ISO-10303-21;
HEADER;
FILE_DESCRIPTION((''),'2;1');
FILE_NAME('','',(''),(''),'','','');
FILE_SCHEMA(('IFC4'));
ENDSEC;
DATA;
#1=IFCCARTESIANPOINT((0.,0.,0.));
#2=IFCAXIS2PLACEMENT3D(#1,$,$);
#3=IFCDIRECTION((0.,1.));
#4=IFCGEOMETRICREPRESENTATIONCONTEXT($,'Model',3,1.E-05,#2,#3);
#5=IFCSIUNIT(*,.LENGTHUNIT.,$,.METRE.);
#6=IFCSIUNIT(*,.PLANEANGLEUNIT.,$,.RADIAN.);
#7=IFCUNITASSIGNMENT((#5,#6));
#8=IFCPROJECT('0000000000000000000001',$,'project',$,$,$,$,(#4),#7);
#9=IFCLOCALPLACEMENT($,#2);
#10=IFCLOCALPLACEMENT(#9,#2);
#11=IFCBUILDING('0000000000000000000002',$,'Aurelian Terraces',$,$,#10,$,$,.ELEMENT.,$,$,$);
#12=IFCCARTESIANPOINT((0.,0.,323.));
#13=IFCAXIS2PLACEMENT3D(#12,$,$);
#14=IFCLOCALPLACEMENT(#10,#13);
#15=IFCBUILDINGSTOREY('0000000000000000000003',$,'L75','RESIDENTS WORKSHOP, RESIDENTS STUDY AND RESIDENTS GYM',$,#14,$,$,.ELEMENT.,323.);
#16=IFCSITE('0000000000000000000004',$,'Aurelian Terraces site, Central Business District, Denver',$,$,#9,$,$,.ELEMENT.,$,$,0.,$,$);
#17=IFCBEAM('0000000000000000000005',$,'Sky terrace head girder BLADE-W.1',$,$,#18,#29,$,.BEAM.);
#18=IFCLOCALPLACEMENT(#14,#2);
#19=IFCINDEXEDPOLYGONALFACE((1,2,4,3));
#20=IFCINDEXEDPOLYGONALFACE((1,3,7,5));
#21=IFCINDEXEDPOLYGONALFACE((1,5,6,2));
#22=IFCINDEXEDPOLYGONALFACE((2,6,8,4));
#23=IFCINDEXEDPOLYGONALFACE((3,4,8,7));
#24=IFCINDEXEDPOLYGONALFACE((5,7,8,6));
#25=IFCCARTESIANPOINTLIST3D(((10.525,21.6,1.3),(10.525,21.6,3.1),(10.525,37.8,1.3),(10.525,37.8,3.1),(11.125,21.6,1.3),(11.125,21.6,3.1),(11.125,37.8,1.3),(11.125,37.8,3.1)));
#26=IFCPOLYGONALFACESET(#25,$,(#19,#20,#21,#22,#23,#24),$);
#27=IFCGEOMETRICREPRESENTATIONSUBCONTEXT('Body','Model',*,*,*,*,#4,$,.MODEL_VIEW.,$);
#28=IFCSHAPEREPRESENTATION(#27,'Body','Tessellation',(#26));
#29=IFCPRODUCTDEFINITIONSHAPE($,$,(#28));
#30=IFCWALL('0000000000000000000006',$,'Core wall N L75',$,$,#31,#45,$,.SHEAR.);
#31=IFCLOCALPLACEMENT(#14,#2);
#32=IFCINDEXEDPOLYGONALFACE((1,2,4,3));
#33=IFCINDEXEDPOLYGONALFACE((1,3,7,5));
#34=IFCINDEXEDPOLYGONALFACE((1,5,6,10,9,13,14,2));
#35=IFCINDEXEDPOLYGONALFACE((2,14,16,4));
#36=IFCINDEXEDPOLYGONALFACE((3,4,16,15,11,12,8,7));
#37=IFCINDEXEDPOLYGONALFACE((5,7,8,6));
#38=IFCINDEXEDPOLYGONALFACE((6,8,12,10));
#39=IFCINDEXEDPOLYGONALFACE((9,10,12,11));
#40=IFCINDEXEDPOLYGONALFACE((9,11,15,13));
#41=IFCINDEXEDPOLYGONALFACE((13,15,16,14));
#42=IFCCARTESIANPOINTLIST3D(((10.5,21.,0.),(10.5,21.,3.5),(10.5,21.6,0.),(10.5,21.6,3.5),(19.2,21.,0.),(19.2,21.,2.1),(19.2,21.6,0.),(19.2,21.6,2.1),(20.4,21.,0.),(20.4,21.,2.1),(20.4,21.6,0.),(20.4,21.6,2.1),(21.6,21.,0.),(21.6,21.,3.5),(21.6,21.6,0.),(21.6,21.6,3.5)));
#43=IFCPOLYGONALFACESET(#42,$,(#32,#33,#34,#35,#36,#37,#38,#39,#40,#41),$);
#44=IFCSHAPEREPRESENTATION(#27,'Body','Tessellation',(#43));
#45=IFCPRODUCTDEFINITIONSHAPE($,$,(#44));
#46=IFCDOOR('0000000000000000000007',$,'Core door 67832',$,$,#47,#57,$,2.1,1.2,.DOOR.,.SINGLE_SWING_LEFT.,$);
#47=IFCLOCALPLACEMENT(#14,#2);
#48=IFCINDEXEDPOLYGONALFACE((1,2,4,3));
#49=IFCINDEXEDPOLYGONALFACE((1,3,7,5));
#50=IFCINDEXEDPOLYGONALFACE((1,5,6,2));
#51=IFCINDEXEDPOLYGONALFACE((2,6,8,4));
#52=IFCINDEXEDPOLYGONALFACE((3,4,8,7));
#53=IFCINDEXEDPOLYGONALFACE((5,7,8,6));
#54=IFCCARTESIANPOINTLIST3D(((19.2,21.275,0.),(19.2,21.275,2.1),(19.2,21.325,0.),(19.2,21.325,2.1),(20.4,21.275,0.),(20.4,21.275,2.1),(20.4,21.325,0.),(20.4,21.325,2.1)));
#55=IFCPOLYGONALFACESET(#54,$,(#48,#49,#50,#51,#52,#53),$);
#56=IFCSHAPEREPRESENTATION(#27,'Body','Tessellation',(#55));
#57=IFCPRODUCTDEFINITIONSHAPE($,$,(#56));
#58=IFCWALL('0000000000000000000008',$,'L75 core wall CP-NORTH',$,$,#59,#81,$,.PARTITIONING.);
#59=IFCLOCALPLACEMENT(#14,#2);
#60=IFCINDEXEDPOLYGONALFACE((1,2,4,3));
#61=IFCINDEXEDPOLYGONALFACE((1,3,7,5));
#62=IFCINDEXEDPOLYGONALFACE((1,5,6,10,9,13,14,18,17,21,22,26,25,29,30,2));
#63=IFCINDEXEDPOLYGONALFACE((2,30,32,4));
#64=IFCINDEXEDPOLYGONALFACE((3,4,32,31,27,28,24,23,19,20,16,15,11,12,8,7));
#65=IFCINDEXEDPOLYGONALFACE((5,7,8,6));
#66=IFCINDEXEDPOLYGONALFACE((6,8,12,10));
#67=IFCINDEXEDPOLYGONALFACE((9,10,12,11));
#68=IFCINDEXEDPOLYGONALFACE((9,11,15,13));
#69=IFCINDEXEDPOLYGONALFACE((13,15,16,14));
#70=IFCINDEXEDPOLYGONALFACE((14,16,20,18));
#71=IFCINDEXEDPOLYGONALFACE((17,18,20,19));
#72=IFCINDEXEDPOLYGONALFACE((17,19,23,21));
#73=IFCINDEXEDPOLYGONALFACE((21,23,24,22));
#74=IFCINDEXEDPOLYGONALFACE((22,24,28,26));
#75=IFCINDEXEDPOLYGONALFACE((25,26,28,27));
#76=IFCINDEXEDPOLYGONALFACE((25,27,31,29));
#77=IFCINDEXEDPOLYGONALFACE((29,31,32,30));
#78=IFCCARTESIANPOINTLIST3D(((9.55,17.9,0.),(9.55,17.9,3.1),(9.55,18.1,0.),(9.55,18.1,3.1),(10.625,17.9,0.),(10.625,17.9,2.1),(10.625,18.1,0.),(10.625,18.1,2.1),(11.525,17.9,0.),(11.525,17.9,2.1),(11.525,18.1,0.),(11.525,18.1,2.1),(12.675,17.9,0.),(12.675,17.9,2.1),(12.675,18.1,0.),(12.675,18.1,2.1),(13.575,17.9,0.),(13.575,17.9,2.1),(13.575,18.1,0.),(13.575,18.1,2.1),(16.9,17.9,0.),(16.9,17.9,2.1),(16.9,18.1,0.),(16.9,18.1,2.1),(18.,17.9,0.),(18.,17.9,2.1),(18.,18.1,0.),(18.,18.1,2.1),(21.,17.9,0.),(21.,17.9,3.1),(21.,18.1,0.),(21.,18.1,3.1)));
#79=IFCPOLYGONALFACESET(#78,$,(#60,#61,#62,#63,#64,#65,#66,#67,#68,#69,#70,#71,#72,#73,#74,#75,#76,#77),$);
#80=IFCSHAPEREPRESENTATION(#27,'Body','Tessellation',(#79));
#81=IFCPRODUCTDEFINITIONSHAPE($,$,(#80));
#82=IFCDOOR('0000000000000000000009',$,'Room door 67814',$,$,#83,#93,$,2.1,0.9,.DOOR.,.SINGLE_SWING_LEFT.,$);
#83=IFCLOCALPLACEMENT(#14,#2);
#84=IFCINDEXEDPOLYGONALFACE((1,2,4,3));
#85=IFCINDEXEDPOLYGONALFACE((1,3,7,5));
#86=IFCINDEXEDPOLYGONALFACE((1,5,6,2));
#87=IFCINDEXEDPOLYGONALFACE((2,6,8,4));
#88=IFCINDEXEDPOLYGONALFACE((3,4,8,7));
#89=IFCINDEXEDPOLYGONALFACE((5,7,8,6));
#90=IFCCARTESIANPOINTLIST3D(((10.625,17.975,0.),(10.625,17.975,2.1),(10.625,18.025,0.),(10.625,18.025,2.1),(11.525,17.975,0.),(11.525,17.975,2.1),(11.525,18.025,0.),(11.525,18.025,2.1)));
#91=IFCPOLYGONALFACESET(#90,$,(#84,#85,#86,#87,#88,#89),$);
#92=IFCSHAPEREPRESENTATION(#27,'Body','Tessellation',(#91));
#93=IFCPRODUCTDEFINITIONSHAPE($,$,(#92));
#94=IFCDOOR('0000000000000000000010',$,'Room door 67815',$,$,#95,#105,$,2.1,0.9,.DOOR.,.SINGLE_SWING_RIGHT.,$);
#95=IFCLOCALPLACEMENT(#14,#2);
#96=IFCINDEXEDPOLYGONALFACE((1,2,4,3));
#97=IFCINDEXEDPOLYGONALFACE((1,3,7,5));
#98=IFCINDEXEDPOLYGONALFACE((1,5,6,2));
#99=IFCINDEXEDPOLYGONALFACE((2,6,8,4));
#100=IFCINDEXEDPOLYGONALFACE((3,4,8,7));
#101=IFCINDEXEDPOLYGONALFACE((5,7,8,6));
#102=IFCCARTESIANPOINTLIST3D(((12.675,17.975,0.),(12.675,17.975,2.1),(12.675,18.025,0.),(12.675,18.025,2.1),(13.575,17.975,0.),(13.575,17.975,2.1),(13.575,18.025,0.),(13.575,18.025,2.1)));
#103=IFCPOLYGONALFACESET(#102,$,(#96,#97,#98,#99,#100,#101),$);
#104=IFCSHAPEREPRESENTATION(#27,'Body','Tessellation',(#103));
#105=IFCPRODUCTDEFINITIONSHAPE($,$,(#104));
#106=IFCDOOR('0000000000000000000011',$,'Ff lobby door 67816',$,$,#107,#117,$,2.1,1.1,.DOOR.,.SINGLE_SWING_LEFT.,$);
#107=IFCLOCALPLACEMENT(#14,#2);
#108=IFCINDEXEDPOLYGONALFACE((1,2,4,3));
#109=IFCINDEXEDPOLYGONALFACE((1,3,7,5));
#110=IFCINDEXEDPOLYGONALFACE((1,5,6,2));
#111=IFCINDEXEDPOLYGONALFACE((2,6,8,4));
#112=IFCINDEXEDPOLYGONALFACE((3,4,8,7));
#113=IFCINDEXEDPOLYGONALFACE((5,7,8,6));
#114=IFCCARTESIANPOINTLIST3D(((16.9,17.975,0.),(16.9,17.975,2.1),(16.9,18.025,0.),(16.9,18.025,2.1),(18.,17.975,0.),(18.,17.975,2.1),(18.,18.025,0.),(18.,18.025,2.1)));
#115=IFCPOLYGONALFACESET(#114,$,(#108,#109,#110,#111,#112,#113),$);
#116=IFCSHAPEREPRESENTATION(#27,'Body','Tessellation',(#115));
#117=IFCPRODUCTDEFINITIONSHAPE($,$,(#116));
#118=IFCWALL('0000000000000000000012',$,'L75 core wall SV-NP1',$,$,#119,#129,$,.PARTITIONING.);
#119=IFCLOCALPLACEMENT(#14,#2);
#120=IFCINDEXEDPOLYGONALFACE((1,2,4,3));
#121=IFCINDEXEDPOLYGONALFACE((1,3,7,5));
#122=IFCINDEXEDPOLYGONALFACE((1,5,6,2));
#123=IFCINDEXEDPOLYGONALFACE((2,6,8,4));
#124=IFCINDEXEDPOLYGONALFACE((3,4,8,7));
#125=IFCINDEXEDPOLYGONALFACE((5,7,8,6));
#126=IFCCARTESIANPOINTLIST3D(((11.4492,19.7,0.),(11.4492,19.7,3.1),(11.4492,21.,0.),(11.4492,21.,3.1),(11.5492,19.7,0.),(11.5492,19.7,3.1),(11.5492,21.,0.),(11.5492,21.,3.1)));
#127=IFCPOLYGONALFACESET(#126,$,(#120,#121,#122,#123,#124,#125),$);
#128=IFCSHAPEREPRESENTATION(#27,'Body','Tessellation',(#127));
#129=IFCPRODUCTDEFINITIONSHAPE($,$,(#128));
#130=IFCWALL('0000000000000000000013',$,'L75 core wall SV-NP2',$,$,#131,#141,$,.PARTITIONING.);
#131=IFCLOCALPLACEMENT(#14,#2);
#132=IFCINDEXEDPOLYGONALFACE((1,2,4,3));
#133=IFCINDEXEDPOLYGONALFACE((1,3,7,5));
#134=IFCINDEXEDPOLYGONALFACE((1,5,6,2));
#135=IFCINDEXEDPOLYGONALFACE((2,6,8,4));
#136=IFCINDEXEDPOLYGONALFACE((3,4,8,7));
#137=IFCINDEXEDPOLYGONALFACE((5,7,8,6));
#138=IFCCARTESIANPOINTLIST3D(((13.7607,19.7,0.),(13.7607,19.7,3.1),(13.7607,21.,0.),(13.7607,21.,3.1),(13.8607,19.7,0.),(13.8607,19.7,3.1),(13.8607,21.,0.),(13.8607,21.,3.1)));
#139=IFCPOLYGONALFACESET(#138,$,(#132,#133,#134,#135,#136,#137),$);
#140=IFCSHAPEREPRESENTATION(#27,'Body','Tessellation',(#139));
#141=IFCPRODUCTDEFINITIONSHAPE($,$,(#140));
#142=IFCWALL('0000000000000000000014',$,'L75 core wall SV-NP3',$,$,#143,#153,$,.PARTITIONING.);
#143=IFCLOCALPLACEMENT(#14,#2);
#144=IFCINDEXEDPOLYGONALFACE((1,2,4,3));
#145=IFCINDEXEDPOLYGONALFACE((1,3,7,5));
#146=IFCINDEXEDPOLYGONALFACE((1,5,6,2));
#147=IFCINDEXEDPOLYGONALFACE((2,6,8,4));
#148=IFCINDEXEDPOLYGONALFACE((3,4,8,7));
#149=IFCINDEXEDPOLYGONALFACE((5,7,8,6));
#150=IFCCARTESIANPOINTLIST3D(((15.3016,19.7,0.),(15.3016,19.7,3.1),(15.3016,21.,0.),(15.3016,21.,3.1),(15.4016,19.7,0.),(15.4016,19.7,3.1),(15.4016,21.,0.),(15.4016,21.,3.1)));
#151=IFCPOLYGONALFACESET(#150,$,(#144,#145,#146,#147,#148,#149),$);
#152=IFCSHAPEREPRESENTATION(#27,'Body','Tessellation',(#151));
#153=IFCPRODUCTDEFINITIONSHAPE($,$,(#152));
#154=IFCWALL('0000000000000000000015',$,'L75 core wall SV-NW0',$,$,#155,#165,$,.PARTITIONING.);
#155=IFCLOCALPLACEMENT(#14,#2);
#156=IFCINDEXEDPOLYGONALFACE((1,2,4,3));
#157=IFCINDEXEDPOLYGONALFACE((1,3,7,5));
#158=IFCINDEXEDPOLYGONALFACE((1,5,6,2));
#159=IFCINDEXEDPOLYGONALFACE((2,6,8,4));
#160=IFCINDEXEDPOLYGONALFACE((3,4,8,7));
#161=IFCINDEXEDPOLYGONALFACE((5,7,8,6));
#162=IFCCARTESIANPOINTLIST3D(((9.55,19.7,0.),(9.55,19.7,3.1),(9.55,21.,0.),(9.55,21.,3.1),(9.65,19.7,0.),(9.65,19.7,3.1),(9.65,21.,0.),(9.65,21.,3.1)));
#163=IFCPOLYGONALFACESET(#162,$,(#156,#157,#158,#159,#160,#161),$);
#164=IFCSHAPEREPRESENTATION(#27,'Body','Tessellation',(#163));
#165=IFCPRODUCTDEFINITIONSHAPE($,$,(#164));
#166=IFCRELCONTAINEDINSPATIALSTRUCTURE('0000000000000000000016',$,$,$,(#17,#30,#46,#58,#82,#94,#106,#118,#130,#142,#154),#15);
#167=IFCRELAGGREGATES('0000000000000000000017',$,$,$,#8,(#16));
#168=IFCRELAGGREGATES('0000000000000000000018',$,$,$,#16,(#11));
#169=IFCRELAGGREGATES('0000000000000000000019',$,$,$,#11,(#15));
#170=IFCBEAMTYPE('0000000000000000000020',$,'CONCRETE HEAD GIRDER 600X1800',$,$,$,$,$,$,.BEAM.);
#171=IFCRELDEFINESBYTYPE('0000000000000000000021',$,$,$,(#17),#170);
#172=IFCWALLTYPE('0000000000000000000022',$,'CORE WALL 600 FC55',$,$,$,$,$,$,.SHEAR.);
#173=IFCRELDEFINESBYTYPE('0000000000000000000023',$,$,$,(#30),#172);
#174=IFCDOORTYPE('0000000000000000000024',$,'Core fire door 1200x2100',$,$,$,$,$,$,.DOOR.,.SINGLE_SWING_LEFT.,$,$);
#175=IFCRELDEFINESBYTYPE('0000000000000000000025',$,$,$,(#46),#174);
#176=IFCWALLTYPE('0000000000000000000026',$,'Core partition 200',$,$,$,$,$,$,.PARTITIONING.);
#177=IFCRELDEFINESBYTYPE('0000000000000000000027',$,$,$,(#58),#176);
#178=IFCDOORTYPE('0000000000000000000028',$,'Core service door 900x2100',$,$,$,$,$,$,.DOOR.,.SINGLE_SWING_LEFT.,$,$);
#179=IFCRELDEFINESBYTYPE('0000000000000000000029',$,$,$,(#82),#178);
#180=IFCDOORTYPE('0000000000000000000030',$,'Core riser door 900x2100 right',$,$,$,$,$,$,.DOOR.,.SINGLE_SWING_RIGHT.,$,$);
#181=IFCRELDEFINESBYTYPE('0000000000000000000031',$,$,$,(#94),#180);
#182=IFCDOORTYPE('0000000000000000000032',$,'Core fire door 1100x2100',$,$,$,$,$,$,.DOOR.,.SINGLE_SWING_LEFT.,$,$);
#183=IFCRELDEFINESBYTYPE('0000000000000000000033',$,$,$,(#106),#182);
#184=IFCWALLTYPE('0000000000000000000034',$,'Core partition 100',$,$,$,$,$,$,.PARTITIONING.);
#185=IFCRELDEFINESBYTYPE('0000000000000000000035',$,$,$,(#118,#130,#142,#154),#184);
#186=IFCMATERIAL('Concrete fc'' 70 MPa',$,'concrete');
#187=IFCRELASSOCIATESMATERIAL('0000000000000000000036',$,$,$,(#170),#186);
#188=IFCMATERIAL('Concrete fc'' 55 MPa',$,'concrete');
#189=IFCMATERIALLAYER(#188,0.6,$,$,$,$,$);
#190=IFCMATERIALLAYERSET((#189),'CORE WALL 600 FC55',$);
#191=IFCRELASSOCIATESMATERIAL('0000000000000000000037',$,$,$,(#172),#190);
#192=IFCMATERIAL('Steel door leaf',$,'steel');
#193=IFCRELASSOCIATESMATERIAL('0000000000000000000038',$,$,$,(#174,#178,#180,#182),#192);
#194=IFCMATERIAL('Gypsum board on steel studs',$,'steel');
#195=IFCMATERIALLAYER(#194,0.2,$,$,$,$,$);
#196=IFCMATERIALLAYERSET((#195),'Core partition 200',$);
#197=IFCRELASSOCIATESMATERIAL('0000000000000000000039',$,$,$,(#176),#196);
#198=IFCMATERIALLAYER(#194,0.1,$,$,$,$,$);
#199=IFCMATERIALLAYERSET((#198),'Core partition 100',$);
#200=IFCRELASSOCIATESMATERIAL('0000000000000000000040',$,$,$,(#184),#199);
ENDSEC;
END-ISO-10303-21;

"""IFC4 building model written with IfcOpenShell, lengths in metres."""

from ifc_helpers import new_model, si_unit, direction, frame, frame_2d, origin, origin_2d, place, context, subcontext, project, spatial, rectangle, extrude, source, transform, mapped, material, layer, layer_set, material_profile, profile_set, type_object, element, fill, save


model = new_model("IFC4")

# Units and contexts
model_context = context("Model", 3, precision=1e-05, world=origin(), true_north=direction((0.0, 1.0)))
body_context = subcontext(model_context, "Body", "Model", "MODEL_VIEW")
ifc_project = project(units=[si_unit("LENGTHUNIT", "METRE"), si_unit("PLANEANGLEUNIT", "RADIAN")], contexts=[model_context])

# Site, building, storey
site_placement = place(None, origin())
site = spatial("IfcSite", under=ifc_project, at=site_placement, Name="Aurelian Terraces site, Central Business District, Denver", CompositionType="ELEMENT", RefElevation=0.0)
building_placement = place(site_placement, origin())
building = spatial("IfcBuilding", under=site, at=building_placement, Name="Aurelian Terraces", CompositionType="ELEMENT")
storey_placement = place(building_placement, frame((0.0, 0.0, 323.0)))
storey = spatial("IfcBuildingStorey", under=building, at=storey_placement, Name="L75", Description="RESIDENTS WORKSHOP, RESIDENTS STUDY AND RESIDENTS GYM", CompositionType="ELEMENT", Elevation=323.0)

# Beam
ifc_material_1 = material(Name="Concrete fc' 70 MPa", Category="concrete")
ifc_material_profile = material_profile(ifc_material_1, rectangle(XDim=0.6, YDim=1.8, at=origin_2d()))
ifc_profile_set = profile_set([ifc_material_profile], Name="Concrete fc' 70 MPa")
beam_type = type_object("IfcBeamType", Name="CONCRETE HEAD GIRDER 600X1800", PredefinedType="BEAM", material=ifc_profile_set)
shared_shape_1 = source(origin(), body_context, "Body", "SweptSolid", [
    extrude(rectangle(XDim=0.6, YDim=1.8, at=origin_2d()), origin(), (0.0, 0.0, 1.0), 16.2),
])
beam_placement = place(storey_placement, frame((10.825, 21.6, 2.2), z_axis=(0.0, 1.0, 0.0), x_axis=(-1.0, 0.0, 0.0)))
element("IfcBeam", 1, at=beam_placement, inside=storey, type_object=beam_type, Name="Sky terrace head girder BLADE-W.1", PredefinedType="BEAM", context=body_context, shape_type="MappedRepresentation", body=[
    mapped(shared_shape_1, transform((0.0, 0.0, 0.0), scale=1.0)),
])

# Wall, opening, door
ifc_material_2 = material(Name="Concrete fc' 55 MPa", Category="concrete")
ifc_layer_1 = layer(ifc_material_2, 0.6)
ifc_layer_set_1 = layer_set([ifc_layer_1], Name="CORE WALL 600 FC55")
wall_type_1 = type_object("IfcWallType", Name="CORE WALL 600 FC55", PredefinedType="SHEAR", material=ifc_layer_set_1)
shared_shape_2 = source(origin(), body_context, "Body", "SweptSolid", [
    extrude(rectangle(XDim=11.1, YDim=0.6, at=frame_2d((5.55, 0.0))), origin(), (0.0, 0.0, 1.0), 3.5),
])
wall_1_placement = place(storey_placement, frame((10.5, 21.3, 0.0), z_axis=(0.0, 0.0, 1.0), x_axis=(1.0, 0.0, 0.0)))
wall_1 = element("IfcWall", 2, at=wall_1_placement, inside=storey, type_object=wall_type_1, Name="Core wall N L75", PredefinedType="SHEAR", context=body_context, shape_type="MappedRepresentation", body=[
    mapped(shared_shape_2, transform((0.0, 0.0, 0.0), scale=1.0)),
])
shared_shape_3 = source(origin(), body_context, "Body", "SweptSolid", [
    extrude(rectangle(XDim=1.2, YDim=2.1, at=frame_2d((0.6, 1.05))), frame((0.0, 0.31, 0.0), z_axis=(0.0, -1.0, 0.0), x_axis=(1.0, 0.0, 0.0)), (0.0, 0.0, 1.0), 0.62),
])
opening_1_placement = place(wall_1_placement, frame((8.7, 0.0, 0.0)))
opening_1 = element("IfcOpeningElement", 3, at=opening_1_placement, cuts=wall_1, PredefinedType="OPENING", context=body_context, shape_type="MappedRepresentation", body=[
    mapped(shared_shape_3, transform((0.0, 0.0, 0.0), scale=1.0)),
])
ifc_material_3 = material(Name="Steel door leaf", Category="steel")
door_type_1 = type_object("IfcDoorType", Name="Core fire door 1200x2100", OperationType="SINGLE_SWING_LEFT", PredefinedType="DOOR", material=ifc_material_3)
shared_shape_4 = source(origin(), body_context, "Body", "SweptSolid", [
    extrude(rectangle(XDim=1.2, YDim=2.1, at=frame_2d((0.6, 1.05))), frame((0.0, 0.025, 0.0), z_axis=(0.0, -1.0, 0.0), x_axis=(1.0, 0.0, 0.0)), (0.0, 0.0, 1.0), 0.05),
])
door_1_placement = place(opening_1_placement, origin())
door_1 = element("IfcDoor", 4, at=door_1_placement, inside=storey, type_object=door_type_1, Name="Core door 67832", OperationType="SINGLE_SWING_LEFT", OverallHeight=2.1, OverallWidth=1.2, PredefinedType="DOOR", context=body_context, shape_type="MappedRepresentation", body=[
    mapped(shared_shape_4, transform((0.0, 0.0, 0.0), scale=1.0)),
])
fill(opening_1, door_1)

# Wall, openings, doors
ifc_material_4 = material(Name="Gypsum board on steel studs", Category="steel")
ifc_layer_2 = layer(ifc_material_4, 0.2)
ifc_layer_set_2 = layer_set([ifc_layer_2], Name="Core partition 200")
wall_type_2 = type_object("IfcWallType", Name="Core partition 200", PredefinedType="PARTITIONING", material=ifc_layer_set_2)
shared_shape_5 = source(origin(), body_context, "Body", "SweptSolid", [
    extrude(rectangle(XDim=11.45, YDim=0.2, at=frame_2d((5.725, 0.0))), origin(), (0.0, 0.0, 1.0), 3.1),
])
wall_2_placement = place(storey_placement, frame((9.55, 18.0, 0.0), z_axis=(0.0, 0.0, 1.0), x_axis=(1.0, 0.0, 0.0)))
wall_2 = element("IfcWall", 5, at=wall_2_placement, inside=storey, type_object=wall_type_2, Name="L75 core wall CP-NORTH", PredefinedType="PARTITIONING", context=body_context, shape_type="MappedRepresentation", body=[
    mapped(shared_shape_5, transform((0.0, 0.0, 0.0), scale=1.0)),
])
shared_shape_6 = source(origin(), body_context, "Body", "SweptSolid", [
    extrude(rectangle(XDim=0.9, YDim=2.1, at=frame_2d((0.45, 1.05))), frame((0.0, 0.11, 0.0), z_axis=(0.0, -1.0, 0.0), x_axis=(1.0, 0.0, 0.0)), (0.0, 0.0, 1.0), 0.22),
])
opening_2_placement = place(wall_2_placement, frame((1.075, 0.0, 0.0)))
opening_2 = element("IfcOpeningElement", 6, at=opening_2_placement, cuts=wall_2, PredefinedType="OPENING", context=body_context, shape_type="MappedRepresentation", body=[
    mapped(shared_shape_6, transform((0.0, 0.0, 0.0), scale=1.0)),
])
opening_3_placement = place(wall_2_placement, frame((3.125, 0.0, 0.0)))
opening_3 = element("IfcOpeningElement", 7, at=opening_3_placement, cuts=wall_2, PredefinedType="OPENING", context=body_context, shape_type="MappedRepresentation", body=[
    mapped(shared_shape_6, transform((0.0, 0.0, 0.0), scale=1.0)),
])
shared_shape_7 = source(origin(), body_context, "Body", "SweptSolid", [
    extrude(rectangle(XDim=1.1, YDim=2.1, at=frame_2d((0.55, 1.05))), frame((0.0, 0.11, 0.0), z_axis=(0.0, -1.0, 0.0), x_axis=(1.0, 0.0, 0.0)), (0.0, 0.0, 1.0), 0.22),
])
opening_4_placement = place(wall_2_placement, frame((7.35, 0.0, 0.0)))
opening_4 = element("IfcOpeningElement", 8, at=opening_4_placement, cuts=wall_2, PredefinedType="OPENING", context=body_context, shape_type="MappedRepresentation", body=[
    mapped(shared_shape_7, transform((0.0, 0.0, 0.0), scale=1.0)),
])
door_type_2 = type_object("IfcDoorType", Name="Core service door 900x2100", OperationType="SINGLE_SWING_LEFT", PredefinedType="DOOR", material=ifc_material_3)
shared_shape_8 = source(origin(), body_context, "Body", "SweptSolid", [
    extrude(rectangle(XDim=0.9, YDim=2.1, at=frame_2d((0.45, 1.05))), frame((0.0, 0.025, 0.0), z_axis=(0.0, -1.0, 0.0), x_axis=(1.0, 0.0, 0.0)), (0.0, 0.0, 1.0), 0.05),
])
door_2_placement = place(opening_2_placement, origin())
door_2 = element("IfcDoor", 9, at=door_2_placement, inside=storey, type_object=door_type_2, Name="Room door 67814", OperationType="SINGLE_SWING_LEFT", OverallHeight=2.1, OverallWidth=0.9, PredefinedType="DOOR", context=body_context, shape_type="MappedRepresentation", body=[
    mapped(shared_shape_8, transform((0.0, 0.0, 0.0), scale=1.0)),
])
fill(opening_2, door_2)
door_type_3 = type_object("IfcDoorType", Name="Core riser door 900x2100 right", OperationType="SINGLE_SWING_RIGHT", PredefinedType="DOOR", material=ifc_material_3)
door_3_placement = place(opening_3_placement, origin())
door_3 = element("IfcDoor", 10, at=door_3_placement, inside=storey, type_object=door_type_3, Name="Room door 67815", OperationType="SINGLE_SWING_RIGHT", OverallHeight=2.1, OverallWidth=0.9, PredefinedType="DOOR", context=body_context, shape_type="MappedRepresentation", body=[
    mapped(shared_shape_8, transform((0.0, 0.0, 0.0), scale=1.0)),
])
fill(opening_3, door_3)
door_type_4 = type_object("IfcDoorType", Name="Core fire door 1100x2100", OperationType="SINGLE_SWING_LEFT", PredefinedType="DOOR", material=ifc_material_3)
shared_shape_9 = source(origin(), body_context, "Body", "SweptSolid", [
    extrude(rectangle(XDim=1.1, YDim=2.1, at=frame_2d((0.55, 1.05))), frame((0.0, 0.025, 0.0), z_axis=(0.0, -1.0, 0.0), x_axis=(1.0, 0.0, 0.0)), (0.0, 0.0, 1.0), 0.05),
])
door_4_placement = place(opening_4_placement, origin())
door_4 = element("IfcDoor", 11, at=door_4_placement, inside=storey, type_object=door_type_4, Name="Ff lobby door 67816", OperationType="SINGLE_SWING_LEFT", OverallHeight=2.1, OverallWidth=1.1, PredefinedType="DOOR", context=body_context, shape_type="MappedRepresentation", body=[
    mapped(shared_shape_9, transform((0.0, 0.0, 0.0), scale=1.0)),
])
fill(opening_4, door_4)

# Walls
ifc_layer_3 = layer(ifc_material_4, 0.1)
ifc_layer_set_3 = layer_set([ifc_layer_3], Name="Core partition 100")
wall_type_3 = type_object("IfcWallType", Name="Core partition 100", PredefinedType="PARTITIONING", material=ifc_layer_set_3)
shared_shape_10 = source(origin(), body_context, "Body", "SweptSolid", [
    extrude(rectangle(XDim=1.3, YDim=0.1, at=frame_2d((0.65, 0.0))), origin(), (0.0, 0.0, 1.0), 3.1),
])
for number, where, z_axis, x_axis, name in (
    (12, (11.4992, 19.7, 0.0), (0.0, 0.0, 1.0), (0.0, 1.0, 0.0), "L75 core wall SV-NP1"),
    (13, (13.8107, 19.7, 0.0), (0.0, 0.0, 1.0), (0.0, 1.0, 0.0), "L75 core wall SV-NP2"),
    (14, (15.3516, 19.7, 0.0), (0.0, 0.0, 1.0), (0.0, 1.0, 0.0), "L75 core wall SV-NP3"),
    (15, (9.6, 19.7, 0.0), (0.0, 0.0, 1.0), (0.0, 1.0, 0.0), "L75 core wall SV-NW0"),
):
    element("IfcWall", number, at=place(storey_placement, frame(where, z_axis=z_axis, x_axis=x_axis)), inside=storey, type_object=wall_type_3, Name=name, PredefinedType="PARTITIONING", context=body_context, shape_type="MappedRepresentation", body=[
        mapped(shared_shape_10, transform((0.0, 0.0, 0.0), scale=1.0)),
    ])

save(model, "model.ifc")
